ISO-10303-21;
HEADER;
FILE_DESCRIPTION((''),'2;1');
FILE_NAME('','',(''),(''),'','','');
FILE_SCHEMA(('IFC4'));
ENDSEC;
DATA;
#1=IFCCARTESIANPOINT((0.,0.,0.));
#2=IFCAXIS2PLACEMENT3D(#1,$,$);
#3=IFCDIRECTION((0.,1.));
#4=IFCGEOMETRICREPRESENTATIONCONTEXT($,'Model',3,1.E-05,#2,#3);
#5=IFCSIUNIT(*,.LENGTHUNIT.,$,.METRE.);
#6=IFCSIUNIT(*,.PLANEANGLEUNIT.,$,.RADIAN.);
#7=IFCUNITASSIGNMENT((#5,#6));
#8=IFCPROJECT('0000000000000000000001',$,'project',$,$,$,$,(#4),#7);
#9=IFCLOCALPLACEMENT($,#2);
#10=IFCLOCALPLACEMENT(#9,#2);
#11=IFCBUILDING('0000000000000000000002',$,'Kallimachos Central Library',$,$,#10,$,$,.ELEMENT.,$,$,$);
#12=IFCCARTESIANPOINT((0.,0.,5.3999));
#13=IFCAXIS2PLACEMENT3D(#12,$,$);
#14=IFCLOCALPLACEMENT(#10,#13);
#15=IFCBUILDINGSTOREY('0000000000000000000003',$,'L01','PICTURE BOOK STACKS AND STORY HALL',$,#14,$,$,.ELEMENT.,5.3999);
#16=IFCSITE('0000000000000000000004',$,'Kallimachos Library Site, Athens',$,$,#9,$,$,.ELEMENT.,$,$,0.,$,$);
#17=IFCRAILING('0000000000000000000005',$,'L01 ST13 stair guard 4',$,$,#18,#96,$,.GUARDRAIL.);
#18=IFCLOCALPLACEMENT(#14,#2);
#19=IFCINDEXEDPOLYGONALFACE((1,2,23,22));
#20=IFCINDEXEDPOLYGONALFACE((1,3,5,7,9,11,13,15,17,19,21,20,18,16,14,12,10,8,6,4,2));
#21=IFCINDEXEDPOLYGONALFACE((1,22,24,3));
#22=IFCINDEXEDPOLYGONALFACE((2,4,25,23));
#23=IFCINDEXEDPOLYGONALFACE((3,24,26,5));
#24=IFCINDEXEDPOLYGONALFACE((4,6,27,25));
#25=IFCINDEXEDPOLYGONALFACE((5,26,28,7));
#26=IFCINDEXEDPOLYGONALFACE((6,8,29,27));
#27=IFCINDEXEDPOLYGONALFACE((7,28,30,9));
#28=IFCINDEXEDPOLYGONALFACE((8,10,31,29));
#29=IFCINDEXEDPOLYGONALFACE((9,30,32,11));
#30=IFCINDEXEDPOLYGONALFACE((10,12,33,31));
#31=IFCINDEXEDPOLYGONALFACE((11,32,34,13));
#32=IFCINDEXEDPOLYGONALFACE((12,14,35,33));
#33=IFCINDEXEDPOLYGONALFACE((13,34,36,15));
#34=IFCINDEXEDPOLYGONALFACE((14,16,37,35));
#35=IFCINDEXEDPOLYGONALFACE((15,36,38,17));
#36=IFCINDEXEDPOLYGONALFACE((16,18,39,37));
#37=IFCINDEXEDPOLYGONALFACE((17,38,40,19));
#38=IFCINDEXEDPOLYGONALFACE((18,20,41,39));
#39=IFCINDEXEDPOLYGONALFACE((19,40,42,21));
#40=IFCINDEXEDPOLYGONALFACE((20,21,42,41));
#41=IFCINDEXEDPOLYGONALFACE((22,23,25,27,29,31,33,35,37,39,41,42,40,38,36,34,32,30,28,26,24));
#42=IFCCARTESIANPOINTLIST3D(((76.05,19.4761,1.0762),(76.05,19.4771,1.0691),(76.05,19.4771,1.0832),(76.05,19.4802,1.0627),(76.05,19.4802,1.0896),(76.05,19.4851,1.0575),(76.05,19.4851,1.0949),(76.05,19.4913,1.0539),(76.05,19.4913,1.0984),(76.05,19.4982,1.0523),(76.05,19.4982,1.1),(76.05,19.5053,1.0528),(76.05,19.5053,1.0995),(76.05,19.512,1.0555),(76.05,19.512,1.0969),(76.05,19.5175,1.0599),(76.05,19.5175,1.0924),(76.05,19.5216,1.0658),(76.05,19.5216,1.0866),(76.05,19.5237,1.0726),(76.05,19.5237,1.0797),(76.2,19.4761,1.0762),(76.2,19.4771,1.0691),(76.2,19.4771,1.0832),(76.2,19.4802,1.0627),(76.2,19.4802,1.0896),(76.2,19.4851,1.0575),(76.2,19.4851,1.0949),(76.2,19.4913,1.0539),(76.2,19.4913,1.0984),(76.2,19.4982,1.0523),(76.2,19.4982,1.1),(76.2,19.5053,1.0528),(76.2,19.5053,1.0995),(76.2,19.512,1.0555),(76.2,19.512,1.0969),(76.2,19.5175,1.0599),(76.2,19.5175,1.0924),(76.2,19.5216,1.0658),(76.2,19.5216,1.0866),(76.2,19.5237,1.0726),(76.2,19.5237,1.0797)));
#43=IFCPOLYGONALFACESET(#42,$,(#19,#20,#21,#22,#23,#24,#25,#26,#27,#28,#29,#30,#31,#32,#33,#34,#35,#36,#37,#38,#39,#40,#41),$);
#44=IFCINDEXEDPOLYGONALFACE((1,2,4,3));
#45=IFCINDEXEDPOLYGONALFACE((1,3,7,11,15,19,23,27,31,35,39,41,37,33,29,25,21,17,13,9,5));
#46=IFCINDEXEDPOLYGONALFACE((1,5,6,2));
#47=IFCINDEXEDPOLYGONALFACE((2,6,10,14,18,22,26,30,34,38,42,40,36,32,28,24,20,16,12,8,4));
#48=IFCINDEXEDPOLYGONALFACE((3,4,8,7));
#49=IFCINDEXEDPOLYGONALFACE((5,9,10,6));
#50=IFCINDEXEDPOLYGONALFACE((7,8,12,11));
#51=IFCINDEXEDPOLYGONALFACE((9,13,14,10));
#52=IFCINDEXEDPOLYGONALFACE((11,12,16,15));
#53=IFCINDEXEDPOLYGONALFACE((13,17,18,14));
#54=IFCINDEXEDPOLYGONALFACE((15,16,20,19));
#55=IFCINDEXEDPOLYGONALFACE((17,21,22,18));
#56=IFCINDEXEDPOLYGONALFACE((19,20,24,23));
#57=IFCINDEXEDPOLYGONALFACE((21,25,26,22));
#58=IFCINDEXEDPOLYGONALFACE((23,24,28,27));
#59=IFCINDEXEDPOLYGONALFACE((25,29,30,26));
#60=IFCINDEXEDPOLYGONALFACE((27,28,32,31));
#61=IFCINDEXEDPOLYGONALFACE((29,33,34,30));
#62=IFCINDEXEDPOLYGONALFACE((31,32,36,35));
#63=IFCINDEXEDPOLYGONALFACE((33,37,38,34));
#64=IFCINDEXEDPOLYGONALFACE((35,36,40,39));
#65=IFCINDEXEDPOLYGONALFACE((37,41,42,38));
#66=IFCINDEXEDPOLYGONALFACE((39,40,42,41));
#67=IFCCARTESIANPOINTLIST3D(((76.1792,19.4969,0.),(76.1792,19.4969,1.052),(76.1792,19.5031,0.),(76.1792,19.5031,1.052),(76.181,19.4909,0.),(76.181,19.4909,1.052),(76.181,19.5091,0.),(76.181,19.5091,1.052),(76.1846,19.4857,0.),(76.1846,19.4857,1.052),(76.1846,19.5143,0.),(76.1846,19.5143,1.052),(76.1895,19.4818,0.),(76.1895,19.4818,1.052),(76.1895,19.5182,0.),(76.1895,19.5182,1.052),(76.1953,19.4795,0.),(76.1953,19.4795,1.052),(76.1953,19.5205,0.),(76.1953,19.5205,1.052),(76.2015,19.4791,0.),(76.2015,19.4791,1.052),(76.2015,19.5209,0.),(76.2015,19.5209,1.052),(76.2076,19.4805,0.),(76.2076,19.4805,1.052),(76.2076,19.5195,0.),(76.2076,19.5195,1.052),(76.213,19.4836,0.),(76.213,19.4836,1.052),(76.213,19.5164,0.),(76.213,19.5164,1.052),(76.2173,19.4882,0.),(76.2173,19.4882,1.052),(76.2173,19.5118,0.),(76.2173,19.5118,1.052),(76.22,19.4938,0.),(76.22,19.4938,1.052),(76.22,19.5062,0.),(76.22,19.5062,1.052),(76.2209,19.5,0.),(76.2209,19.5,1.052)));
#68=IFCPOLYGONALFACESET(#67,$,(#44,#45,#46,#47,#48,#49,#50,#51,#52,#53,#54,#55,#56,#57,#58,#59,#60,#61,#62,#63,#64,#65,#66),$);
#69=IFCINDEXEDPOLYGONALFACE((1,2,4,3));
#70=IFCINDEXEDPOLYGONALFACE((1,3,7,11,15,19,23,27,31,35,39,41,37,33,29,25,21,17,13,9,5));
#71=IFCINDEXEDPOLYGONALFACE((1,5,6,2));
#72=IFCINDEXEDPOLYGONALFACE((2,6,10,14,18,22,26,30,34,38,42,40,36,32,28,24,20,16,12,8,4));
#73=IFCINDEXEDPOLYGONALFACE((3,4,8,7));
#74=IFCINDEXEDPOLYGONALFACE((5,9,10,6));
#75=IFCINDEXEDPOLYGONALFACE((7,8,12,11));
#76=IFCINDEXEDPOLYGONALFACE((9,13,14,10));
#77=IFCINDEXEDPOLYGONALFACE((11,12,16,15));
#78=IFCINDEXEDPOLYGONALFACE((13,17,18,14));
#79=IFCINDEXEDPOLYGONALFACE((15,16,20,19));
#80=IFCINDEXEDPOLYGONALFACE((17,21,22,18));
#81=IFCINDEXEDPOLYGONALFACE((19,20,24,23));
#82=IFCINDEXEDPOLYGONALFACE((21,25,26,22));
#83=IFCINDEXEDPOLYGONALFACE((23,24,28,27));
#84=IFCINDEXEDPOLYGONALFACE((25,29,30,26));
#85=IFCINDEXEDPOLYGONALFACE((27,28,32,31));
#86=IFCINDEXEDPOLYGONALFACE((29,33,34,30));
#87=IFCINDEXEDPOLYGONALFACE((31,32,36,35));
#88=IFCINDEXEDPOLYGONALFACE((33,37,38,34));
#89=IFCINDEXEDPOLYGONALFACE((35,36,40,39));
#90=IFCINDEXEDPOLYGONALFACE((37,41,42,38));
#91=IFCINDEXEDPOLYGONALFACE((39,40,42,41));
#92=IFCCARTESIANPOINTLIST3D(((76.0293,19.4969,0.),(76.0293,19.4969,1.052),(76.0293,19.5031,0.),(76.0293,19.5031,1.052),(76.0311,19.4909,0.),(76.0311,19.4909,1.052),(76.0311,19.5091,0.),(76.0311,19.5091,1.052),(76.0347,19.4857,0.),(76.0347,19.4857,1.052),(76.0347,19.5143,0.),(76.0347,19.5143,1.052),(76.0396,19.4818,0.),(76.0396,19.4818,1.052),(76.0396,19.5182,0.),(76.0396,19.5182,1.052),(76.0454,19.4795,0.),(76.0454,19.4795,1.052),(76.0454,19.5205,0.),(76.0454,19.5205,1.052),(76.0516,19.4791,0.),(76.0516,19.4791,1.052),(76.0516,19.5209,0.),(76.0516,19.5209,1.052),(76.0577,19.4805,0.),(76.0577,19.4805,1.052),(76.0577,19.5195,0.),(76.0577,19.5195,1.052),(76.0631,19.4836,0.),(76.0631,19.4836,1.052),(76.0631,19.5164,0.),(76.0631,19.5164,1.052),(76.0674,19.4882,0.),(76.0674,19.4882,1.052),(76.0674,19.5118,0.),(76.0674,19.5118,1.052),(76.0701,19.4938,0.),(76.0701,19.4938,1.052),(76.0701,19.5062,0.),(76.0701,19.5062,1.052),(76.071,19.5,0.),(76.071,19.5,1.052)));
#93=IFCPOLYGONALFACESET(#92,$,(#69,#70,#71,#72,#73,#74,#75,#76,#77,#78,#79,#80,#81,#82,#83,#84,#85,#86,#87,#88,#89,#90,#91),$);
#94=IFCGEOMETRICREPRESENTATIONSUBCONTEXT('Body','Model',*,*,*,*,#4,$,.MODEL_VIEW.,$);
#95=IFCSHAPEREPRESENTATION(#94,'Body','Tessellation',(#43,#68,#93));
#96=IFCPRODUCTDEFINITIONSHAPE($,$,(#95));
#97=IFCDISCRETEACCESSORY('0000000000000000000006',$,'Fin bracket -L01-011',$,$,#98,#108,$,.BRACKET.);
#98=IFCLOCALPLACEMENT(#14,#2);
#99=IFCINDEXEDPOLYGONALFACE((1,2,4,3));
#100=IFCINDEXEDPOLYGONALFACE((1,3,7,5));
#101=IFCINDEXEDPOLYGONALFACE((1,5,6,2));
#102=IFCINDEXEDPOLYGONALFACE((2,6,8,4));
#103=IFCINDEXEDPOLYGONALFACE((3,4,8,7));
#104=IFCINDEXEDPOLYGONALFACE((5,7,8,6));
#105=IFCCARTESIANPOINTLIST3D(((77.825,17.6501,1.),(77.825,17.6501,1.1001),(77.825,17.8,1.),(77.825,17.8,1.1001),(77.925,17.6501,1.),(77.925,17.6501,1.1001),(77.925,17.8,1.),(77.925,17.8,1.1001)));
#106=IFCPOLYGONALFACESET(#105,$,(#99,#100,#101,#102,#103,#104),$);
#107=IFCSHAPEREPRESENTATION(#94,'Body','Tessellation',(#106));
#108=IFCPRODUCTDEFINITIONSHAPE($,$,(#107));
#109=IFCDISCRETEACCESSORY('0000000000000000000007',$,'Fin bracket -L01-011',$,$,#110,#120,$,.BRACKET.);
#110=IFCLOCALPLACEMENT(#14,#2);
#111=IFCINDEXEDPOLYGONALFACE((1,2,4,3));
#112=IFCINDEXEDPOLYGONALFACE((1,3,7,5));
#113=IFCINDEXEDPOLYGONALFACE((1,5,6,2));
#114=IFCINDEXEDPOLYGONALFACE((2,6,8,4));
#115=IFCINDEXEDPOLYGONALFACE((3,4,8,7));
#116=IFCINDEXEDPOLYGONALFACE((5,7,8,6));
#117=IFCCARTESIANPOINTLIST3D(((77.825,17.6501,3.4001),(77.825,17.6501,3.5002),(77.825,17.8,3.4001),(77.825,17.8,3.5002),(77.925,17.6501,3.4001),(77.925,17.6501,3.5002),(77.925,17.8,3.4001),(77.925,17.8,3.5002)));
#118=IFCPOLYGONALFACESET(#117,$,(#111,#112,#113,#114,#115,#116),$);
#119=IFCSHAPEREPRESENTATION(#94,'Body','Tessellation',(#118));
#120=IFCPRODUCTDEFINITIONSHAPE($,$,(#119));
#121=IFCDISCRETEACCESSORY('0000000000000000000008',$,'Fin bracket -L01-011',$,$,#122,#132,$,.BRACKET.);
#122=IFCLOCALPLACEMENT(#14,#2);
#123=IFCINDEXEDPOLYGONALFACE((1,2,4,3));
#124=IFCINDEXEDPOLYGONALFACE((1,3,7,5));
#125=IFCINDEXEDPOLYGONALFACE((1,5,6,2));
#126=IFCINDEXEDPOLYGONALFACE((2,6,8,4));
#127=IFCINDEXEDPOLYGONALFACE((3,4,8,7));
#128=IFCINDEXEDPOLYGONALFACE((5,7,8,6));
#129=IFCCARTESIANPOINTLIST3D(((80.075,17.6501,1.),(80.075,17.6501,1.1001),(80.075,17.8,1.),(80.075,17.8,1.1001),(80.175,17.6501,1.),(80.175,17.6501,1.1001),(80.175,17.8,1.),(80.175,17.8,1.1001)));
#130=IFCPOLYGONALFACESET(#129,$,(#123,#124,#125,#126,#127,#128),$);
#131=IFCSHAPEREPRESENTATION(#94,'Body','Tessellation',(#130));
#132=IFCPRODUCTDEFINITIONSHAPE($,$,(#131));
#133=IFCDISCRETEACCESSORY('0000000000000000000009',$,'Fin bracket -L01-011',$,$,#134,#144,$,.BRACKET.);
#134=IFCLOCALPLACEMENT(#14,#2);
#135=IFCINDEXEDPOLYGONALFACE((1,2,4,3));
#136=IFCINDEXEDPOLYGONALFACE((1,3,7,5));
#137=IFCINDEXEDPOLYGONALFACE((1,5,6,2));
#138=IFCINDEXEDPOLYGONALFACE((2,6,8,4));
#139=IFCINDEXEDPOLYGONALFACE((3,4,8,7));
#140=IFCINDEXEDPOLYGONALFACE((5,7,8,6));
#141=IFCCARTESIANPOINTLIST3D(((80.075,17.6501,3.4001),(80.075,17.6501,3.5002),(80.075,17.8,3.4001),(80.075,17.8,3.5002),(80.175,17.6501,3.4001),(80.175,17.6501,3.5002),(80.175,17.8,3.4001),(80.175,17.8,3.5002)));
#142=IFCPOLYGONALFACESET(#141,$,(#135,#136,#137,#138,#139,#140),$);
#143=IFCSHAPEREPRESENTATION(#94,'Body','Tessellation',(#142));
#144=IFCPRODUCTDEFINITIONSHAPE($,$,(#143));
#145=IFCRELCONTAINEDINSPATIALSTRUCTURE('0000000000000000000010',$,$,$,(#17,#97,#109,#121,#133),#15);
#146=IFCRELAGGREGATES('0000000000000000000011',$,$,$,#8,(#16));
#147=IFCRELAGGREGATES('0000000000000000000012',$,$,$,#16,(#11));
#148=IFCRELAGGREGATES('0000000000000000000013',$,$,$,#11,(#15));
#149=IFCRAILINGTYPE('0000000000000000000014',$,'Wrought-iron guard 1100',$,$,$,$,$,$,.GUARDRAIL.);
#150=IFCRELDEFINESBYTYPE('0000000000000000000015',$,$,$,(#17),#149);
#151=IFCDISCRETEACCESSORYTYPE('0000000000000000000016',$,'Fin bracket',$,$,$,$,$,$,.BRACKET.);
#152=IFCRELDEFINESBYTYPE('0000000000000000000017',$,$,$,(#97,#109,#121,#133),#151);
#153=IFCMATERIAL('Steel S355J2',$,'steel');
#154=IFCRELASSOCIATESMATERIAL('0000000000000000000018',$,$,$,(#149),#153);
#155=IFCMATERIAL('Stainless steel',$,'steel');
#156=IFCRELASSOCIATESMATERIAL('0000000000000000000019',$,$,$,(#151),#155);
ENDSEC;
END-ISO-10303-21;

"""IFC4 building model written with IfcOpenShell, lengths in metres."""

from ifc_helpers import new_model, si_unit, direction, frame, origin, origin_2d, place, context, subcontext, project, spatial, rectangle, circle, extrude, material, type_object, element, save


model = new_model("IFC4")

# Units and contexts
model_context = context("Model", 3, precision=1e-05, world=origin(), true_north=direction((0.0, 1.0)))
body_context = subcontext(model_context, "Body", "Model", "MODEL_VIEW")
ifc_project = project(units=[si_unit("LENGTHUNIT", "METRE"), si_unit("PLANEANGLEUNIT", "RADIAN")], contexts=[model_context])

# Site, building, storey
site_placement = place(None, origin())
site = spatial("IfcSite", under=ifc_project, at=site_placement, Name="Kallimachos Library Site, Athens", CompositionType="ELEMENT", RefElevation=0.0)
building_placement = place(site_placement, origin())
building = spatial("IfcBuilding", under=site, at=building_placement, Name="Kallimachos Central Library", CompositionType="ELEMENT")
storey_placement = place(building_placement, frame((0.0, 0.0, 5.3999)))
storey = spatial("IfcBuildingStorey", under=building, at=storey_placement, Name="L01", Description="PICTURE BOOK STACKS AND STORY HALL", CompositionType="ELEMENT", Elevation=5.3999)

# Railing
ifc_material_1 = material(Name="Steel S355J2", Category="steel")
railing_type_1 = type_object("IfcRailingType", Name="Wrought-iron guard 1100", PredefinedType="GUARDRAIL", material=ifc_material_1)
railing_1_placement = place(storey_placement, frame((76.2, 19.5, 0.0)))
element("IfcRailing", 1, at=railing_1_placement, inside=storey, type_object=railing_type_1, Name="L01 ST13 stair guard 4", PredefinedType="GUARDRAIL", context=body_context, shape_type="SweptSolid", body=[
    extrude(circle(Radius=0.0239, at=origin_2d()), frame((0.0, 0.0, 1.0762), z_axis=(-1.0, 0.0, 0.0), x_axis=(0.0, -1.0, 0.0)), (0.0, 0.0, 1.0), 0.1499),
    extrude(circle(Radius=0.021, at=origin_2d()), origin(), (0.0, 0.0, 1.0), 1.052),
    extrude(circle(Radius=0.021, at=origin_2d()), frame((-0.1499, 0.0, 0.0)), (0.0, 0.0, 1.0), 1.052),
])

# Discrete accessories
ifc_material_2 = material(Name="Stainless steel", Category="steel")
discrete_accessory_type = type_object("IfcDiscreteAccessoryType", Name="Fin bracket", PredefinedType="BRACKET", material=ifc_material_2)
for number, where, z_axis, x_axis, name in (
    (2, (77.875, 17.7251, 1.0), (0.0, 0.0, 1.0), (1.0, 0.0, 0.0), "Fin bracket -L01-011"),
    (3, (77.875, 17.7251, 3.4001), (0.0, 0.0, 1.0), (1.0, 0.0, 0.0), "Fin bracket -L01-011"),
    (4, (80.125, 17.7251, 1.0), (0.0, 0.0, 1.0), (1.0, 0.0, 0.0), "Fin bracket -L01-011"),
    (5, (80.125, 17.7251, 3.4001), (0.0, 0.0, 1.0), (1.0, 0.0, 0.0), "Fin bracket -L01-011"),
):
    element("IfcDiscreteAccessory", number, at=place(storey_placement, frame(where, z_axis=z_axis, x_axis=x_axis)), inside=storey, type_object=discrete_accessory_type, Name=name, PredefinedType="BRACKET", context=body_context, shape_type="SweptSolid", body=[
        extrude(rectangle(XDim=0.1001, YDim=0.1499, at=origin_2d()), origin(), (0.0, 0.0, 1.0), 0.1001),
    ])

save(model, "model.ifc")
